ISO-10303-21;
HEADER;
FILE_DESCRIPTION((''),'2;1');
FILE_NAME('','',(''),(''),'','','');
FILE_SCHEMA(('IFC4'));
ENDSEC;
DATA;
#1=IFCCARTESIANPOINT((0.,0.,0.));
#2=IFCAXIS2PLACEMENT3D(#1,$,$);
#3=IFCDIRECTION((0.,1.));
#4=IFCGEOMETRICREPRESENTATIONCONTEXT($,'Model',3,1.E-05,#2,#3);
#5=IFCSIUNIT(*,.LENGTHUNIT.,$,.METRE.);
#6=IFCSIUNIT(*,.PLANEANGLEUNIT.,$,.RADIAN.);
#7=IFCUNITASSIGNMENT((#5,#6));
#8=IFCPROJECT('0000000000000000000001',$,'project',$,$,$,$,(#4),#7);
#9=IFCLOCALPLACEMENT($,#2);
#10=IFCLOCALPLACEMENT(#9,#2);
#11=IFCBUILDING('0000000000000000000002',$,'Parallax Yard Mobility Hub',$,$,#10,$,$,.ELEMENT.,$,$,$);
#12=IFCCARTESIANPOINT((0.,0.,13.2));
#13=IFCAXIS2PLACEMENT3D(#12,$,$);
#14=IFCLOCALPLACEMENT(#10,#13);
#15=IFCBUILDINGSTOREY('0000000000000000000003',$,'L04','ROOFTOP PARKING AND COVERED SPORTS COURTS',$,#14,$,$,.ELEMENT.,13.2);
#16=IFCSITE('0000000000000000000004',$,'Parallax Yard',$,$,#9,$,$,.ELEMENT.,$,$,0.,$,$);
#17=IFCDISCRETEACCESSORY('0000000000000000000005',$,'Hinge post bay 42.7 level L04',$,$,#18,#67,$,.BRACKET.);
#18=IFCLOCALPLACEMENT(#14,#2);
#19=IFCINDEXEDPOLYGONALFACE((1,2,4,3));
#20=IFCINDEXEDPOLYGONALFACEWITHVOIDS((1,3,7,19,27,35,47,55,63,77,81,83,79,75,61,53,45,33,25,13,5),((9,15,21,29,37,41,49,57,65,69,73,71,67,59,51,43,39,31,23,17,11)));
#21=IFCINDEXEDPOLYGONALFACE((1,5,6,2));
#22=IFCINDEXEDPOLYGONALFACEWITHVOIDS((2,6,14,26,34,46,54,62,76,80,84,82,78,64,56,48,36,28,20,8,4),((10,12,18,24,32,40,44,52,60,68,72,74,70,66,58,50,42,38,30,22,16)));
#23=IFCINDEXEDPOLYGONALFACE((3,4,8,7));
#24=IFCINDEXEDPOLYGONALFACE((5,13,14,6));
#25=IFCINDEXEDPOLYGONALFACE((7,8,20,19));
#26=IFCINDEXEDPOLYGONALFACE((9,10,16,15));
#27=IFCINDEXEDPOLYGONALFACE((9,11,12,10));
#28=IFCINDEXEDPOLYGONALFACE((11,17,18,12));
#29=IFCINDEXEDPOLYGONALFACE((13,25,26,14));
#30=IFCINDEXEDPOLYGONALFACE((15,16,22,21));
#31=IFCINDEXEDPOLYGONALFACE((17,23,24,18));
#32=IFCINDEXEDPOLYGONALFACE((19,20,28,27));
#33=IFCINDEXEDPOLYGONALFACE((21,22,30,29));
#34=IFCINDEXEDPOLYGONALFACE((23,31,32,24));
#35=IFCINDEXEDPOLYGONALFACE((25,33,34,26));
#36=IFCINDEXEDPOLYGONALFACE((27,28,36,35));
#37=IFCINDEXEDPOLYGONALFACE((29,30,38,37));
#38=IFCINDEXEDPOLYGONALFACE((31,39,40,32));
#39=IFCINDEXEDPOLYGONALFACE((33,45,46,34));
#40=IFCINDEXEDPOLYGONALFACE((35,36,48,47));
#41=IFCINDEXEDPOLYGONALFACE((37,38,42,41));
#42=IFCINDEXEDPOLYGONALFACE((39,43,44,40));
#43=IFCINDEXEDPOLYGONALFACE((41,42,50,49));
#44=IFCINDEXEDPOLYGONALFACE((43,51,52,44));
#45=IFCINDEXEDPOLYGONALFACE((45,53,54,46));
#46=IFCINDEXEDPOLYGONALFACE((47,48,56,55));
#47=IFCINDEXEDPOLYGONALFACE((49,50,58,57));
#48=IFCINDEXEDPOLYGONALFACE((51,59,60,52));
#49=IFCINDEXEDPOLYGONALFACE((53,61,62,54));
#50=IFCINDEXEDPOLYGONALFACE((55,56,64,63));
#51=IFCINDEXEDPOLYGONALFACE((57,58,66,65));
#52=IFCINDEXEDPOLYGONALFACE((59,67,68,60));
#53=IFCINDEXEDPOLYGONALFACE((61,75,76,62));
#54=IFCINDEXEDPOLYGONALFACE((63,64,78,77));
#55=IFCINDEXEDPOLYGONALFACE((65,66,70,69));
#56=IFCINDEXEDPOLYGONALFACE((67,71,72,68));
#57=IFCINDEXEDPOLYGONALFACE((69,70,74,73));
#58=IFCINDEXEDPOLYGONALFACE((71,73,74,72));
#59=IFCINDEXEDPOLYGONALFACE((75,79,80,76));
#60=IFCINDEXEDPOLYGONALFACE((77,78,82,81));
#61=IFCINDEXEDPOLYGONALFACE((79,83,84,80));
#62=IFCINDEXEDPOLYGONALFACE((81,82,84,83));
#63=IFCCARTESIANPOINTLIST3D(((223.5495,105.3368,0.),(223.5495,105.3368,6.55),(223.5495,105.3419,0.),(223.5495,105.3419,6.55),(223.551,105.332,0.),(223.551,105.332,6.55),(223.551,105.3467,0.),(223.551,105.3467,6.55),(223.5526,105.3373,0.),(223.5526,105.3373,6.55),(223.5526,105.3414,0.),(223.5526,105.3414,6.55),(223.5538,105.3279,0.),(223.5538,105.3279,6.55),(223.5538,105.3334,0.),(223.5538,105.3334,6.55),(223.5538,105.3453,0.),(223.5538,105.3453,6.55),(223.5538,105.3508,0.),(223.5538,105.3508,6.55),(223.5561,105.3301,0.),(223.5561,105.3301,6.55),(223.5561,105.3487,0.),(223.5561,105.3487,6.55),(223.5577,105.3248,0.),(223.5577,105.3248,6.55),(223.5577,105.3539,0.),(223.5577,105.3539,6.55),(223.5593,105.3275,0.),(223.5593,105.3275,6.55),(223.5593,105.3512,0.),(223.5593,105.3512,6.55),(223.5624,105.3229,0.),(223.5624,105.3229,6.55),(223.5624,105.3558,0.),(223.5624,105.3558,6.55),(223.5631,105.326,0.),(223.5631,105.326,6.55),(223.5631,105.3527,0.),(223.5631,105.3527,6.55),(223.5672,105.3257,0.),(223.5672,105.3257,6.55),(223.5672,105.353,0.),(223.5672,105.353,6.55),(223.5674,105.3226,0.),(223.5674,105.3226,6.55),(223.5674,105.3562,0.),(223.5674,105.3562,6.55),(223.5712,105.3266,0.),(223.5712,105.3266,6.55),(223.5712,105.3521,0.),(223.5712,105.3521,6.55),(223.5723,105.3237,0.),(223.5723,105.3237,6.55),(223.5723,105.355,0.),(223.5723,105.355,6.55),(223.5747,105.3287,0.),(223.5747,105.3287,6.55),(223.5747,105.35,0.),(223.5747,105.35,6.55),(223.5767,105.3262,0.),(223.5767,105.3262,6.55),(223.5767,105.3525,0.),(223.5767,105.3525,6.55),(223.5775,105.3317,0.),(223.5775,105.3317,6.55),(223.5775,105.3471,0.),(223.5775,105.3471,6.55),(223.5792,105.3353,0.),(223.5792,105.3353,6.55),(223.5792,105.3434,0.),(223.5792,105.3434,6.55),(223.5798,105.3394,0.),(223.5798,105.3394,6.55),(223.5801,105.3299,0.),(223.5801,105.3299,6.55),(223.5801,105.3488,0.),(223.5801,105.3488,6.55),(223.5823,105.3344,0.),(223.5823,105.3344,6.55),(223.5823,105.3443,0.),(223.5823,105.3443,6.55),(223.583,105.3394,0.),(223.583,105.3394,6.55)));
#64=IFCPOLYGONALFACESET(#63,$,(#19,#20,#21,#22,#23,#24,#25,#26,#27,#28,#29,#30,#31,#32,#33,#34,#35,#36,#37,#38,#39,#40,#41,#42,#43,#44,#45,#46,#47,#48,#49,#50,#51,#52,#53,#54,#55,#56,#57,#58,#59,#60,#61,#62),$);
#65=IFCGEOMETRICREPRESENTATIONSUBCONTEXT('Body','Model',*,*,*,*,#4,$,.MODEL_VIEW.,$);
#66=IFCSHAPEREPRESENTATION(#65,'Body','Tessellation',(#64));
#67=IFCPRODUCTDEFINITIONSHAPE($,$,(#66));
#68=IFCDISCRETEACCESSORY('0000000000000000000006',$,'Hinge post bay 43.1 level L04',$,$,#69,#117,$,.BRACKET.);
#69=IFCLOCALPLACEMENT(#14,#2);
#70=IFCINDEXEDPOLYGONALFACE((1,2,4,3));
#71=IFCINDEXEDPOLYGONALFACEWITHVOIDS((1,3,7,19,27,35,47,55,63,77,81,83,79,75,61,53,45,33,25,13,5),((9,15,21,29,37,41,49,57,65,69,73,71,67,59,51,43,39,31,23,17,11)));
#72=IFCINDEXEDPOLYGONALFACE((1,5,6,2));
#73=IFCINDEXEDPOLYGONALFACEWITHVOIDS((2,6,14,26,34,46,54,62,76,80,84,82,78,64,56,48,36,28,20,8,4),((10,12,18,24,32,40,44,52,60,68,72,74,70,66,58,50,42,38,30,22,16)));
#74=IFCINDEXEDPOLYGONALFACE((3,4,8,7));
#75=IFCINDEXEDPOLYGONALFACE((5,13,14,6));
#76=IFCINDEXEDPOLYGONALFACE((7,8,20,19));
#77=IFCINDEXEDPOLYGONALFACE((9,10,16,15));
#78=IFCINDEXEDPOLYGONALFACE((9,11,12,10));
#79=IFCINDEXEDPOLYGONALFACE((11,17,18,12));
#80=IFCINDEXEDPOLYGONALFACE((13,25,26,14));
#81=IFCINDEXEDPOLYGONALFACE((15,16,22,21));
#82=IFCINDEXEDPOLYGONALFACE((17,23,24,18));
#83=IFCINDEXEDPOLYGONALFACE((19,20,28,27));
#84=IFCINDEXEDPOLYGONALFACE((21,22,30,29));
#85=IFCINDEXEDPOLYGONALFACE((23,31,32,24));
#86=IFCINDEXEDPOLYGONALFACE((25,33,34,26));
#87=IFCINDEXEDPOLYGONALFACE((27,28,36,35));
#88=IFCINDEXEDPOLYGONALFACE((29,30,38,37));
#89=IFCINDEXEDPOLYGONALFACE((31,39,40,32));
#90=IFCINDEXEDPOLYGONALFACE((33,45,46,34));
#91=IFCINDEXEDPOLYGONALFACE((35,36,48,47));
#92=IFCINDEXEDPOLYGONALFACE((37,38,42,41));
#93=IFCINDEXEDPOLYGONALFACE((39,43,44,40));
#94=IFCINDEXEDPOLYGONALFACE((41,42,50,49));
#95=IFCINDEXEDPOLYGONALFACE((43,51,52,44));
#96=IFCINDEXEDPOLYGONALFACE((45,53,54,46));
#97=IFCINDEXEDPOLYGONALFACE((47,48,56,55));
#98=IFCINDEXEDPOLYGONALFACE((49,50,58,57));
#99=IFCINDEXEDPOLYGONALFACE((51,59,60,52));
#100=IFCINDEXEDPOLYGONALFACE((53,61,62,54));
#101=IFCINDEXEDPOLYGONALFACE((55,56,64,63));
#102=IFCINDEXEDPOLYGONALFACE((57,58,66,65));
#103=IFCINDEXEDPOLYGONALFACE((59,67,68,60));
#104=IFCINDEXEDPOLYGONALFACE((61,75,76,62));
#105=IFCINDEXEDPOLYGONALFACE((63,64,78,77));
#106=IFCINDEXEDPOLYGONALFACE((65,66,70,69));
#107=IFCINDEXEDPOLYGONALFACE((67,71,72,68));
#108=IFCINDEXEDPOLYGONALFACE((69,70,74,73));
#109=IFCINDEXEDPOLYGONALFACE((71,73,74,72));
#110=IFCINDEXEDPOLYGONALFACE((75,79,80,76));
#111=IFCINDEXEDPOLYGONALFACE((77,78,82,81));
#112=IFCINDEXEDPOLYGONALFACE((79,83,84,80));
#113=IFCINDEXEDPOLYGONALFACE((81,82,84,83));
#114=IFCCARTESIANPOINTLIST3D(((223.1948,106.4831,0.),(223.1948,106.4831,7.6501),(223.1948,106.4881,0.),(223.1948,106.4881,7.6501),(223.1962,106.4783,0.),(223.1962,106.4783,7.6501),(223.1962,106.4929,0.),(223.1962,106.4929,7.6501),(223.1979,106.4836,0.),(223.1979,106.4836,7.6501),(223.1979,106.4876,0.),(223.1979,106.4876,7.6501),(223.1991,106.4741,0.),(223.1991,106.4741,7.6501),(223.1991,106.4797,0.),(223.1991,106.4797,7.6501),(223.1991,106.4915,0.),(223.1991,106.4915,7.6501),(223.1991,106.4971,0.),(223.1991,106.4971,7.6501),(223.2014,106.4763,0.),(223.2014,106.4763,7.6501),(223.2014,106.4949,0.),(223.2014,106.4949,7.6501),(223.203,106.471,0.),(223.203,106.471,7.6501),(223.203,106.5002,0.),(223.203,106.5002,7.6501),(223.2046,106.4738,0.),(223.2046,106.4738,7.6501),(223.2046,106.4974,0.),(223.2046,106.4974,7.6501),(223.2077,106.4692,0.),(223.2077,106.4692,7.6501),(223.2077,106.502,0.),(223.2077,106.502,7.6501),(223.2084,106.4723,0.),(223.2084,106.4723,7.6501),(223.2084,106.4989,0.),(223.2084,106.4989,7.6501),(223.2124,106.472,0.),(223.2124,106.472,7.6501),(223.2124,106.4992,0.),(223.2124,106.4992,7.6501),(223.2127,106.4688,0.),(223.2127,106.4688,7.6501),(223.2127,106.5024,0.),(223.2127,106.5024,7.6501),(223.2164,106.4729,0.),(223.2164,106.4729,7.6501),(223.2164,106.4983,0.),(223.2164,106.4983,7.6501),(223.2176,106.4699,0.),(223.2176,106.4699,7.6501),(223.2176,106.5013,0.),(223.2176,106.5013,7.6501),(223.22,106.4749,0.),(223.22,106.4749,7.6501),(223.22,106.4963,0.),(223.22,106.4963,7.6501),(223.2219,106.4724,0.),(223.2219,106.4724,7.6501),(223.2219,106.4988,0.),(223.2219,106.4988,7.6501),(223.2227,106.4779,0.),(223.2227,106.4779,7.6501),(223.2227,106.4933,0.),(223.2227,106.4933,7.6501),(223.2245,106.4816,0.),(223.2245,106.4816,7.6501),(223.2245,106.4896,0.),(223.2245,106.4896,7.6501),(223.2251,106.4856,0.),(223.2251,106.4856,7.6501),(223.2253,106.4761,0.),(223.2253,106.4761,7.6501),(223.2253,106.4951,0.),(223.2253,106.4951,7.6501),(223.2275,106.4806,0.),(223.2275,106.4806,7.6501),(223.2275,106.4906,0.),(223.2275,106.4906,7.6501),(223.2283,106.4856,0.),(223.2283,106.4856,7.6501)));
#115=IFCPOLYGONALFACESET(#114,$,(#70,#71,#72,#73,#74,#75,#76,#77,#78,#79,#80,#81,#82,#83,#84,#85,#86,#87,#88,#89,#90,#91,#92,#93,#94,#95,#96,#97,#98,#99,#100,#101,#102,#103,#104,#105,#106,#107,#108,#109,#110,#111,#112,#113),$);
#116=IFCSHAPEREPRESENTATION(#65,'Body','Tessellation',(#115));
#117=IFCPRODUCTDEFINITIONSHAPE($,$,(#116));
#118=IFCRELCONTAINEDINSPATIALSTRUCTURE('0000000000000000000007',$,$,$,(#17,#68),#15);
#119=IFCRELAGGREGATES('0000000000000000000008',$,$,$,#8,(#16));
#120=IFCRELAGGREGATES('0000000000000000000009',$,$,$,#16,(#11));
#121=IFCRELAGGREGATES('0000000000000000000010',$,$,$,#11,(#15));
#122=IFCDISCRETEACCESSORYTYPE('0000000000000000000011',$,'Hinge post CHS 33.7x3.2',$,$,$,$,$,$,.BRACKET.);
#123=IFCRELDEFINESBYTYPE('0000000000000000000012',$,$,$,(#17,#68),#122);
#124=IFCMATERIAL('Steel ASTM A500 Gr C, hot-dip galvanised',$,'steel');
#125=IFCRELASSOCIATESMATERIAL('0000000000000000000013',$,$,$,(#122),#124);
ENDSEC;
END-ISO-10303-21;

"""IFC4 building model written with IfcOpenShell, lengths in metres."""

from ifc_helpers import new_model, si_unit, direction, frame, origin, origin_2d, place, context, subcontext, project, spatial, hollow_circle, extrude, material, material_profile, profile_set, type_object, element, save


model = new_model("IFC4")

# Units and contexts
model_context = context("Model", 3, precision=1e-05, world=origin(), true_north=direction((0.0, 1.0)))
body_context = subcontext(model_context, "Body", "Model", "MODEL_VIEW")
ifc_project = project(units=[si_unit("LENGTHUNIT", "METRE"), si_unit("PLANEANGLEUNIT", "RADIAN")], contexts=[model_context])

# Site, building, storey
site_placement = place(None, origin())
site = spatial("IfcSite", under=ifc_project, at=site_placement, Name="Parallax Yard", CompositionType="ELEMENT", RefElevation=0.0)
building_placement = place(site_placement, origin())
building = spatial("IfcBuilding", under=site, at=building_placement, Name="Parallax Yard Mobility Hub", CompositionType="ELEMENT")
storey_placement = place(building_placement, frame((0.0, 0.0, 13.2)))
storey = spatial("IfcBuildingStorey", under=building, at=storey_placement, Name="L04", Description="ROOFTOP PARKING AND COVERED SPORTS COURTS", CompositionType="ELEMENT", Elevation=13.2)

# Discrete accessories
ifc_material_1 = material(Name="Steel ASTM A500 Gr C, hot-dip galvanised", Category="steel")
ifc_material_profile = material_profile(ifc_material_1, hollow_circle(Radius=0.0168, WallThickness=0.0032, at=origin_2d()), Name="CHS 33.7x3.2")
ifc_profile_set = profile_set([ifc_material_profile], Name="Steel ASTM A500 Gr C, hot-dip galvanised")
discrete_accessory_type_1 = type_object("IfcDiscreteAccessoryType", Name="Hinge post CHS 33.7x3.2", PredefinedType="BRACKET", material=ifc_profile_set)
discrete_accessory_1_placement = place(storey_placement, frame((223.5662, 105.3394, 0.0), z_axis=(0.0, 0.0, 1.0), x_axis=(1.0, 0.0, 0.0)))
element("IfcDiscreteAccessory", 1, at=discrete_accessory_1_placement, inside=storey, type_object=discrete_accessory_type_1, Name="Hinge post bay 42.7 level L04", PredefinedType="BRACKET", context=body_context, shape_type="SweptSolid", body=[
    extrude(hollow_circle(Radius=0.0168, WallThickness=0.0032, at=origin_2d()), origin(), (0.0, 0.0, 1.0), 6.55),
])
discrete_accessory_2_placement = place(storey_placement, frame((223.2114, 106.4856, 0.0), z_axis=(0.0, 0.0, 1.0), x_axis=(1.0, 0.0, 0.0)))
element("IfcDiscreteAccessory", 2, at=discrete_accessory_2_placement, inside=storey, type_object=discrete_accessory_type_1, Name="Hinge post bay 43.1 level L04", PredefinedType="BRACKET", context=body_context, shape_type="SweptSolid", body=[
    extrude(hollow_circle(Radius=0.0168, WallThickness=0.0032, at=origin_2d()), origin(), (0.0, 0.0, 1.0), 7.6501),
])

save(model, "model.ifc")
